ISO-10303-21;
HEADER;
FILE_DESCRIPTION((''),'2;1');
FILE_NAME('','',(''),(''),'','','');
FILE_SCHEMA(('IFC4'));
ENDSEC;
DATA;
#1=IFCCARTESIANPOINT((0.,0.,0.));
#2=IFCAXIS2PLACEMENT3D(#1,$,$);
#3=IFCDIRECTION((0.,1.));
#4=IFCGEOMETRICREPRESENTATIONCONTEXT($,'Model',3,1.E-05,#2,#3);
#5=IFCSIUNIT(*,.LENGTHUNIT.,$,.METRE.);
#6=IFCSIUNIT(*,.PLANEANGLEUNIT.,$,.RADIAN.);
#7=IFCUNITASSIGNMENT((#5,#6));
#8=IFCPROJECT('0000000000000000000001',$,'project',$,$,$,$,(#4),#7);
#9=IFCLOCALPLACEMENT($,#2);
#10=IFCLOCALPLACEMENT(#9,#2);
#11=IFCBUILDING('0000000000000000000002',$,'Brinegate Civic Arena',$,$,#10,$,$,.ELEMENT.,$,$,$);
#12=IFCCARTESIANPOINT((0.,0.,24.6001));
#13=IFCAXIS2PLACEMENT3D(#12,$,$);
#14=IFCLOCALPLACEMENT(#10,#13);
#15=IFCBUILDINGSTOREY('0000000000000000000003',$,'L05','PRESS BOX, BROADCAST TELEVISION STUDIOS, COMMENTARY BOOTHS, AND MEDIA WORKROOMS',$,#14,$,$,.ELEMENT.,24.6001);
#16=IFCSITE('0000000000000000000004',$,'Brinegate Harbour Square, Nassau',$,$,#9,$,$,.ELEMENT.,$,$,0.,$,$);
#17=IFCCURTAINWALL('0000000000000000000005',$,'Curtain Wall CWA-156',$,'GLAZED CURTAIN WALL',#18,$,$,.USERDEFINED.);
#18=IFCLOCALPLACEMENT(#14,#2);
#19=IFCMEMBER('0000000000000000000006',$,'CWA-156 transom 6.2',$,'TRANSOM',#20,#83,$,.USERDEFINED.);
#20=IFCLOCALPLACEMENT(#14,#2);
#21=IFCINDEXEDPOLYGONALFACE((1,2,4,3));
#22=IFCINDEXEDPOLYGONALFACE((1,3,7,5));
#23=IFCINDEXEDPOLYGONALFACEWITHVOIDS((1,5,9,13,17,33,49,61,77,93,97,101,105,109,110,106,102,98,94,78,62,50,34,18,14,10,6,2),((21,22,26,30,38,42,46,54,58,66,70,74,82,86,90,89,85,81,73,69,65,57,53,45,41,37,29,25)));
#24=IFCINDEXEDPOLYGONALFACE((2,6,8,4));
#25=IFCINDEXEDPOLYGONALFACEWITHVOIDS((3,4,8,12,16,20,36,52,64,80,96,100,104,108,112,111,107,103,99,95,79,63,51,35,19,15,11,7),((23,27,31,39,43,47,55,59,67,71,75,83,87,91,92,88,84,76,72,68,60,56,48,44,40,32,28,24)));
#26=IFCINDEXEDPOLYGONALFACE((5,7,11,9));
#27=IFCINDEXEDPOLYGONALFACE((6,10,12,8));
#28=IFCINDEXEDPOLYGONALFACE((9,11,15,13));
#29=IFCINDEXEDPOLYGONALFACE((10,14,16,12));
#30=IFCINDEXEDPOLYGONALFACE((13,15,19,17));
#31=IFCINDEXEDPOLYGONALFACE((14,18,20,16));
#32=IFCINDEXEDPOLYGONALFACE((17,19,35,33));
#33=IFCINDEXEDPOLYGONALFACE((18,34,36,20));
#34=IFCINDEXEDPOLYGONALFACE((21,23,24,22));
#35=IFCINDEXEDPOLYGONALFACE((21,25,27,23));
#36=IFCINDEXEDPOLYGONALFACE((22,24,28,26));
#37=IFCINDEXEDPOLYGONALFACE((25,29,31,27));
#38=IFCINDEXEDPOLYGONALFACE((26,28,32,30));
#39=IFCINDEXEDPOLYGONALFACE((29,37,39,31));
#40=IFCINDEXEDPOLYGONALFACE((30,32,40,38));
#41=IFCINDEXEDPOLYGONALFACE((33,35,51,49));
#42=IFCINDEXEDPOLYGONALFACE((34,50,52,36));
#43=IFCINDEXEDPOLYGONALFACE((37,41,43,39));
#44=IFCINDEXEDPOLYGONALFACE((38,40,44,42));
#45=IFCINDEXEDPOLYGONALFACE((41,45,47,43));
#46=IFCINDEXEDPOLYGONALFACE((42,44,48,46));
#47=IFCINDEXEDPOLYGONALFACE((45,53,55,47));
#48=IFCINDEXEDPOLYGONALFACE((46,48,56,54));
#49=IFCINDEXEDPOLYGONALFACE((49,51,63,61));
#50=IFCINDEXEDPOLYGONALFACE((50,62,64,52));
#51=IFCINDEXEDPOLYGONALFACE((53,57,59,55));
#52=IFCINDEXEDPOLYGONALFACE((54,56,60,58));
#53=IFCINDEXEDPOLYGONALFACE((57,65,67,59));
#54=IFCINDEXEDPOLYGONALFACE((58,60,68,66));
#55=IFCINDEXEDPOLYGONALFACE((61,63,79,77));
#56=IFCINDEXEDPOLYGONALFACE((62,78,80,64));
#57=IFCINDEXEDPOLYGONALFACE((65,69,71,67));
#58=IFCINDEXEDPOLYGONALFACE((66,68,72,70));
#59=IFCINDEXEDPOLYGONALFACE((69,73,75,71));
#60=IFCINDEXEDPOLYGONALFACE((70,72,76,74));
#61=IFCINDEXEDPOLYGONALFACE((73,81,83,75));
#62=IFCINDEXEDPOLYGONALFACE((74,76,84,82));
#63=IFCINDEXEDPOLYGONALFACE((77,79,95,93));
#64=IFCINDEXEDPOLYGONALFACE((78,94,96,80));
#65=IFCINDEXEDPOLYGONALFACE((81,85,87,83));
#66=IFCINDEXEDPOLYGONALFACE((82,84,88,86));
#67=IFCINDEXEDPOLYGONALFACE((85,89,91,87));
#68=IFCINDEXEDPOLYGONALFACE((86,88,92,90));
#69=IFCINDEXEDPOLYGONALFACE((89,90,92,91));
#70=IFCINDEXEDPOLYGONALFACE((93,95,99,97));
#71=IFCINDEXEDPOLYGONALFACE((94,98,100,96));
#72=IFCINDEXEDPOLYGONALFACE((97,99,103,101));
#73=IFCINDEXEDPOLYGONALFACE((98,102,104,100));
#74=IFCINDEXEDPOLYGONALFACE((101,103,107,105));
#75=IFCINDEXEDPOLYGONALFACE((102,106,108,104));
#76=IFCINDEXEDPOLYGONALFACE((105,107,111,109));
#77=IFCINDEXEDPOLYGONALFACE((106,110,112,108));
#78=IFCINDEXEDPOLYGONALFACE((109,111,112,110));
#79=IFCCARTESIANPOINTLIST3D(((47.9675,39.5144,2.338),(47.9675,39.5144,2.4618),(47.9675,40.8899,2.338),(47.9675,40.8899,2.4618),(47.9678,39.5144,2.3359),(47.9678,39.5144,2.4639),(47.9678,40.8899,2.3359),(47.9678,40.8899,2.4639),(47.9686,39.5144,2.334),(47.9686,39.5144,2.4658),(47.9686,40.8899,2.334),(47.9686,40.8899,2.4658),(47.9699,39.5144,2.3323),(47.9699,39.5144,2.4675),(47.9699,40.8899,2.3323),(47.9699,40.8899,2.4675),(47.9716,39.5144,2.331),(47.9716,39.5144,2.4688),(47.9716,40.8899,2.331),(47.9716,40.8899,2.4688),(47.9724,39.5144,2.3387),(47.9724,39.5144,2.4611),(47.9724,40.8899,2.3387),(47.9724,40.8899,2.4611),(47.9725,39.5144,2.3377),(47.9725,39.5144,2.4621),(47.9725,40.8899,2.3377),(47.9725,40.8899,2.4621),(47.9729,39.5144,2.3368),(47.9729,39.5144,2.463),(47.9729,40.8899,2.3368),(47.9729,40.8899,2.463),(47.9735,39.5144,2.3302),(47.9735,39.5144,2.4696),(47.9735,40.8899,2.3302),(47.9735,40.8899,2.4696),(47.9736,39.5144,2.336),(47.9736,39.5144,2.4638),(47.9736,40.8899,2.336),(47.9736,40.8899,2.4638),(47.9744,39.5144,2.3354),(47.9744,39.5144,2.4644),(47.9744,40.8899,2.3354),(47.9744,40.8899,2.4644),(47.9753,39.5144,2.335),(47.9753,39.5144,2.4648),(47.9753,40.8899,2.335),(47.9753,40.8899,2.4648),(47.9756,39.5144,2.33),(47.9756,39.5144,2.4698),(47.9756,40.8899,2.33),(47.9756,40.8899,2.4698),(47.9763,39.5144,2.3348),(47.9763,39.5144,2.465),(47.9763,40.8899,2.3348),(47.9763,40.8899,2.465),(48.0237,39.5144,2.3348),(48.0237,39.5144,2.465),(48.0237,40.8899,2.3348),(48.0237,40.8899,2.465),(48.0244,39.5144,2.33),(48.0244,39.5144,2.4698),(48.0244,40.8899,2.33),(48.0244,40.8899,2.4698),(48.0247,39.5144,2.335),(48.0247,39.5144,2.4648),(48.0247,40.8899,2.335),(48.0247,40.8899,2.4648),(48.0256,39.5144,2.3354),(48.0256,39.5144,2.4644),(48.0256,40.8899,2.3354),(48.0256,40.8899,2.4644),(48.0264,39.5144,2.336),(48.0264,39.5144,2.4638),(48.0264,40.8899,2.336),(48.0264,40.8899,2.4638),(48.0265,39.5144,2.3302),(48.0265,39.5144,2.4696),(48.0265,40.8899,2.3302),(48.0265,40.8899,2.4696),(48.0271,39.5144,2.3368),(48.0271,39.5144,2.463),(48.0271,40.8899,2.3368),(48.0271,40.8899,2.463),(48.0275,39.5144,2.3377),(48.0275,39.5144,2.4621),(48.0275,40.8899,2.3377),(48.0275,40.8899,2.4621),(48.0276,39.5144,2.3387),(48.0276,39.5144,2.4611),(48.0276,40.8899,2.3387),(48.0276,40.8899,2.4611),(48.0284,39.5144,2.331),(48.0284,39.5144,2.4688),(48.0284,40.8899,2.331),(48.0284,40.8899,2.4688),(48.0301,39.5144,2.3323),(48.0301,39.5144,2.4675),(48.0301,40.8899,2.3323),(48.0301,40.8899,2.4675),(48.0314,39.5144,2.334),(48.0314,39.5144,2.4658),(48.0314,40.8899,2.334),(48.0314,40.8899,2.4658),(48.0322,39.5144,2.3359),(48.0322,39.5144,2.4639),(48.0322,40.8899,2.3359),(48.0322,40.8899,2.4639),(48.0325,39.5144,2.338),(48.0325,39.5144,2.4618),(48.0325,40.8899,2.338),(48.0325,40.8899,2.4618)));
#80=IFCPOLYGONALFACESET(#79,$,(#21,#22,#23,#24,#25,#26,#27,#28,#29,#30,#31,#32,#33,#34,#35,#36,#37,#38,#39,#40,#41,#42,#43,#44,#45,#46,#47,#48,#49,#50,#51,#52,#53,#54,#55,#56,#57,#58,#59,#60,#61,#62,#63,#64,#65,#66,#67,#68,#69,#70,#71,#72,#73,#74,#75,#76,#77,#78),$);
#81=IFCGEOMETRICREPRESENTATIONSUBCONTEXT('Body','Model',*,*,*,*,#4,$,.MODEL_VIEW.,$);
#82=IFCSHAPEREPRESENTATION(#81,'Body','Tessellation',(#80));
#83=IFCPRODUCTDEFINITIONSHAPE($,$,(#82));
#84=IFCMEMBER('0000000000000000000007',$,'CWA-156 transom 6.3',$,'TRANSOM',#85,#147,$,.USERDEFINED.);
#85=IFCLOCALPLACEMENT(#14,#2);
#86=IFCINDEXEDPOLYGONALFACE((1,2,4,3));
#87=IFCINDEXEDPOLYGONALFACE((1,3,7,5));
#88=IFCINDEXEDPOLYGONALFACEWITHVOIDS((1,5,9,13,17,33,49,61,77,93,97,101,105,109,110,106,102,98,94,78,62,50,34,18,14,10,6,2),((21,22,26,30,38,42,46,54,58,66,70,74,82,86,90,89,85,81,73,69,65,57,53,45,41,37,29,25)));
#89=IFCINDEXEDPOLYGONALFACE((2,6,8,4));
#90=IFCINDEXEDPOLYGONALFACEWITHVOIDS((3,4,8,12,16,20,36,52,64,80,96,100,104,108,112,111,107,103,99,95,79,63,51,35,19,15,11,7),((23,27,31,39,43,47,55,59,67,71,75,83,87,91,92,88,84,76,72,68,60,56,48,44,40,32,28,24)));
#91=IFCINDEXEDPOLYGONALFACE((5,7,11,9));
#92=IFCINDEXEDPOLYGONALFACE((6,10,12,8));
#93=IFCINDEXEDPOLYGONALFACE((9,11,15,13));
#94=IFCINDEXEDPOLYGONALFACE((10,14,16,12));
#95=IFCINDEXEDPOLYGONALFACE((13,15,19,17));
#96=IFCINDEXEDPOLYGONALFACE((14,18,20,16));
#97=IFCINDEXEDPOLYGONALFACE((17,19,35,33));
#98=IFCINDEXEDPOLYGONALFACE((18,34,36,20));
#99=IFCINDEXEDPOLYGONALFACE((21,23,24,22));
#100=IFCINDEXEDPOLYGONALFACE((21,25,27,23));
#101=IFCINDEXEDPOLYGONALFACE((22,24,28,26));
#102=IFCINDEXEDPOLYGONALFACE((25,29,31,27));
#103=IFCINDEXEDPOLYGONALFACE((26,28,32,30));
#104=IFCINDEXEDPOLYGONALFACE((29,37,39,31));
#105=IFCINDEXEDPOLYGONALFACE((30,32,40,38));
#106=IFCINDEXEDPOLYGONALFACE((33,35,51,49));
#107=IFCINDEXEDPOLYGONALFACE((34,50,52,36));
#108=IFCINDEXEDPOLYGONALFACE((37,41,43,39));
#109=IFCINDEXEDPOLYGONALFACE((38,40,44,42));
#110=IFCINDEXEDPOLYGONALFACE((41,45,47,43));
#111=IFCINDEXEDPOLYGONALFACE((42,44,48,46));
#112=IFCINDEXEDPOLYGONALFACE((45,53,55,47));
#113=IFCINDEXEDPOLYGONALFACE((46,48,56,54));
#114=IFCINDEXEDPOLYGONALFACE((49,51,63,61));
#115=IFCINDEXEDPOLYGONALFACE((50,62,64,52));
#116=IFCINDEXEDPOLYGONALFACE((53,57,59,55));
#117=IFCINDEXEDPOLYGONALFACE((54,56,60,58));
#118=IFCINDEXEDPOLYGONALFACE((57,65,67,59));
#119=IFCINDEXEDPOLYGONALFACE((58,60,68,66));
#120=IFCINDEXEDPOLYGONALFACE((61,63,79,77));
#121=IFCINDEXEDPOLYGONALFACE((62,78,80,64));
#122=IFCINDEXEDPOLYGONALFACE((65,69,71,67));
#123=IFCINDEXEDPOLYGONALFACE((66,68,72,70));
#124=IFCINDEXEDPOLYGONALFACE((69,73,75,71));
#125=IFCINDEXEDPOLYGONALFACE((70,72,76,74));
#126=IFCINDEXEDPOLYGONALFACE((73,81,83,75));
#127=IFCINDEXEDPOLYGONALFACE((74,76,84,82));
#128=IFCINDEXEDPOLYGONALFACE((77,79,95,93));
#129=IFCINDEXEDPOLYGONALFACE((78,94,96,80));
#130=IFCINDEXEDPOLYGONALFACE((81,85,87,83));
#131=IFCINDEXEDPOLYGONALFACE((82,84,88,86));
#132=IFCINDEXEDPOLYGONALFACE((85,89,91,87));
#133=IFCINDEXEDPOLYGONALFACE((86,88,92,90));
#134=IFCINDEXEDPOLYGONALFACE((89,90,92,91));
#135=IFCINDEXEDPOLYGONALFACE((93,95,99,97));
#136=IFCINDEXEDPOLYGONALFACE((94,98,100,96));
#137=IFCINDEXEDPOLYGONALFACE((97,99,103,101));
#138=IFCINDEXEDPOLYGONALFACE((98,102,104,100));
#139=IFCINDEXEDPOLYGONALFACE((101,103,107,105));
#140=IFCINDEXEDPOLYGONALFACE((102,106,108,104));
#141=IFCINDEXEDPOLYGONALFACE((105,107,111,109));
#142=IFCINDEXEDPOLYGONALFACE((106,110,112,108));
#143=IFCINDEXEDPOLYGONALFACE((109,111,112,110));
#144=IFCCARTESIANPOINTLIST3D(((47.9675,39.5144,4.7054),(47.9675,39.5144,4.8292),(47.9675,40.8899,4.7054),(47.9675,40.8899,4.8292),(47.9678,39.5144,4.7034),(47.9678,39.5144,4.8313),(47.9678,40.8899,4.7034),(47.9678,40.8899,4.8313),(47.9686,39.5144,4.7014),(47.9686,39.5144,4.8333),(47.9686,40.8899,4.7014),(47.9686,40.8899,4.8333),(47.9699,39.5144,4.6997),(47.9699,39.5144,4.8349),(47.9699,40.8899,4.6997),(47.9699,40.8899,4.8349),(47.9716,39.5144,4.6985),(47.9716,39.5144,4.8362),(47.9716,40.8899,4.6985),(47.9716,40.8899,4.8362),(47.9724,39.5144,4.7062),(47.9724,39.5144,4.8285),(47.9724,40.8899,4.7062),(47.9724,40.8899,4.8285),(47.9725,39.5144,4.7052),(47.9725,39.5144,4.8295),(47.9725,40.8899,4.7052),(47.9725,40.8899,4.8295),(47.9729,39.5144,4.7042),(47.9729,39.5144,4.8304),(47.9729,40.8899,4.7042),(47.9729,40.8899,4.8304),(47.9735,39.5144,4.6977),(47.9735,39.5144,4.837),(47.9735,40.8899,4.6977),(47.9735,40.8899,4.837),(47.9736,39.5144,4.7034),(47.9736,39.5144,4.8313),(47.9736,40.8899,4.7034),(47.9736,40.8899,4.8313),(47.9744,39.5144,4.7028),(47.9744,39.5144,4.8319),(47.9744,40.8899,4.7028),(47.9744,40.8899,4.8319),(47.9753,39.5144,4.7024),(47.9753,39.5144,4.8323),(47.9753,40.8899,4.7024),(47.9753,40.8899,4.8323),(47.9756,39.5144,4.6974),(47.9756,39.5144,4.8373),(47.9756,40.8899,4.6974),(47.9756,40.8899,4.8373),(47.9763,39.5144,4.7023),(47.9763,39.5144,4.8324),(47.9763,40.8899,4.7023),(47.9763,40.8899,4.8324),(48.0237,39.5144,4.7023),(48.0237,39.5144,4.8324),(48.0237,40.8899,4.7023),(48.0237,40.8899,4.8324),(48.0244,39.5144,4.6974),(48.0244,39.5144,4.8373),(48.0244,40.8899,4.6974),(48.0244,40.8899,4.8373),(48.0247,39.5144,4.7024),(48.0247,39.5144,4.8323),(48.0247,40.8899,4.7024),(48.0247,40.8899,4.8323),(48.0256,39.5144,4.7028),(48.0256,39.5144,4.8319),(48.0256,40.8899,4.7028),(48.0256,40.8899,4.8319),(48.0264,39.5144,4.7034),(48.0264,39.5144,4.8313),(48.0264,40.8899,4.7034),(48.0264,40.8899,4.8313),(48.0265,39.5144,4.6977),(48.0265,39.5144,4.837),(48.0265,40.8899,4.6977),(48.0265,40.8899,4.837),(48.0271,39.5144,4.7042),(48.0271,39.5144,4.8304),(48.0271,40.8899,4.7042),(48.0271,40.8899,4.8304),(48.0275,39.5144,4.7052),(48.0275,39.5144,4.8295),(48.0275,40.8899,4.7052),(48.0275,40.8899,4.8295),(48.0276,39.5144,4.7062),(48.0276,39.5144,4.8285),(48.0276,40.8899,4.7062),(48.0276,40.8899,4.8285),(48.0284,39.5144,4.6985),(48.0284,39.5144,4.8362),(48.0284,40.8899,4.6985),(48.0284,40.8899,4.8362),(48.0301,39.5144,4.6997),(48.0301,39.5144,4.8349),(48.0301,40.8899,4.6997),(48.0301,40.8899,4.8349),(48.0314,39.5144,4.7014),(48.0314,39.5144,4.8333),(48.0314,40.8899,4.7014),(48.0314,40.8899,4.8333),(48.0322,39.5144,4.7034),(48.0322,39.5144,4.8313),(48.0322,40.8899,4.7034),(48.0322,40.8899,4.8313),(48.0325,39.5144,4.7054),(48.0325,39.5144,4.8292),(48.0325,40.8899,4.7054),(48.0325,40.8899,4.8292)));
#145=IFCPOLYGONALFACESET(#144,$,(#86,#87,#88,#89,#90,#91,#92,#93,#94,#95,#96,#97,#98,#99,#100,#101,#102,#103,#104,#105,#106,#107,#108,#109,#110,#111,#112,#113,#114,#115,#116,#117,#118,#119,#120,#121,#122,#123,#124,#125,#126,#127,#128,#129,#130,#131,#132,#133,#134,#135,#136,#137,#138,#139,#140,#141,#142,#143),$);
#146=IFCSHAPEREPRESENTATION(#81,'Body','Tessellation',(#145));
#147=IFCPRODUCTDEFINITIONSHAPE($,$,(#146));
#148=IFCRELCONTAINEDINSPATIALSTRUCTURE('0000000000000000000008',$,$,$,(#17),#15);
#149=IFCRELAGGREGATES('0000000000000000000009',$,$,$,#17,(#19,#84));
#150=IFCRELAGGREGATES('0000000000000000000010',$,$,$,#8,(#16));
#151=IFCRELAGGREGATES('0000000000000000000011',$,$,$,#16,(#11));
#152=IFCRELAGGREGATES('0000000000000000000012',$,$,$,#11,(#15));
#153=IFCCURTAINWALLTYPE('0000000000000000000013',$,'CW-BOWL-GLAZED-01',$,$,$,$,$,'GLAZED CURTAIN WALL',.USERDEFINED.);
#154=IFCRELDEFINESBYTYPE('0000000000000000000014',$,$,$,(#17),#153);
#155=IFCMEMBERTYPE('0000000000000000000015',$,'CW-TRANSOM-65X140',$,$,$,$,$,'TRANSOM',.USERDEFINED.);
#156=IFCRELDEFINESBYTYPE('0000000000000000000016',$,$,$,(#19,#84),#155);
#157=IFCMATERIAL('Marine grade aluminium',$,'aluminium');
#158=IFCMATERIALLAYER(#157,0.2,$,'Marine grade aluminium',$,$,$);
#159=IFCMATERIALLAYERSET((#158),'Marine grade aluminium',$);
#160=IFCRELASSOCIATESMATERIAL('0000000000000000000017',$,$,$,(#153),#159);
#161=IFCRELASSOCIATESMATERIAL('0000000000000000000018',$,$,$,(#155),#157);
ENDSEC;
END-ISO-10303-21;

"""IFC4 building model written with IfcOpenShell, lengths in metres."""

from ifc_helpers import new_model, si_unit, direction, frame, origin, origin_2d, place, context, subcontext, project, spatial, hollow_rectangle, extrude, material, layer, layer_set, material_profile, profile_set, type_object, element, aggregate, save


model = new_model("IFC4")

# Units and contexts
model_context = context("Model", 3, precision=1e-05, world=origin(), true_north=direction((0.0, 1.0)))
body_context = subcontext(model_context, "Body", "Model", "MODEL_VIEW")
ifc_project = project(units=[si_unit("LENGTHUNIT", "METRE"), si_unit("PLANEANGLEUNIT", "RADIAN")], contexts=[model_context])

# Site, building, storey
site_placement = place(None, origin())
site = spatial("IfcSite", under=ifc_project, at=site_placement, Name="Brinegate Harbour Square, Nassau", CompositionType="ELEMENT", RefElevation=0.0)
building_placement = place(site_placement, origin())
building = spatial("IfcBuilding", under=site, at=building_placement, Name="Brinegate Civic Arena", CompositionType="ELEMENT")
storey_placement = place(building_placement, frame((0.0, 0.0, 24.6001)))
storey = spatial("IfcBuildingStorey", under=building, at=storey_placement, Name="L05", Description="PRESS BOX, BROADCAST TELEVISION STUDIOS, COMMENTARY BOOTHS, AND MEDIA WORKROOMS", CompositionType="ELEMENT", Elevation=24.6001)

# Curtain wall
ifc_material_1 = material(Name="Marine grade aluminium", Category="aluminium")
ifc_layer_1 = layer(ifc_material_1, 0.2, Name="Marine grade aluminium")
ifc_layer_set_1 = layer_set([ifc_layer_1], Name="Marine grade aluminium")
curtain_wall_type = type_object("IfcCurtainWallType", Name="CW-BOWL-GLAZED-01", ElementType="GLAZED CURTAIN WALL", PredefinedType="USERDEFINED", material=ifc_layer_set_1)
curtain_wall_1_placement = place(storey_placement, origin())
curtain_wall_1 = element("IfcCurtainWall", 1, at=curtain_wall_1_placement, inside=storey, type_object=curtain_wall_type, Name="Curtain Wall CWA-156", ObjectType="GLAZED CURTAIN WALL", PredefinedType="USERDEFINED")

# Members
ifc_material_profile_1 = material_profile(ifc_material_1, hollow_rectangle(XDim=0.0649, YDim=0.1399, WallThickness=0.0049, InnerFilletRadius=0.0039, OuterFilletRadius=0.0081, at=origin_2d()), Name="TRN65X140")
ifc_profile_set_1 = profile_set([ifc_material_profile_1], Name="Marine grade aluminium")
member_type_1 = type_object("IfcMemberType", Name="CW-TRANSOM-65X140", ElementType="TRANSOM", PredefinedType="USERDEFINED", material=ifc_profile_set_1)
member_1_placement = place(storey_placement, frame((48.0, 39.5144, 2.3999), z_axis=(0.0, 1.0, 0.0), x_axis=(-1.0, 0.0, 0.0)))
member_1 = element("IfcMember", 2, at=member_1_placement, type_object=member_type_1, Name="CWA-156 transom 6.2", ObjectType="TRANSOM", PredefinedType="USERDEFINED", context=body_context, shape_type="SweptSolid", body=[
    extrude(hollow_rectangle(XDim=0.0649, YDim=0.1399, WallThickness=0.0049, InnerFilletRadius=0.0039, OuterFilletRadius=0.0081, at=origin_2d()), origin(), (0.0, 0.0, 1.0), 1.3755),
])
member_2_placement = place(storey_placement, frame((48.0, 39.5144, 4.7673), z_axis=(0.0, 1.0, 0.0), x_axis=(-1.0, 0.0, 0.0)))
member_2 = element("IfcMember", 3, at=member_2_placement, type_object=member_type_1, Name="CWA-156 transom 6.3", ObjectType="TRANSOM", PredefinedType="USERDEFINED", context=body_context, shape_type="SweptSolid", body=[
    extrude(hollow_rectangle(XDim=0.0649, YDim=0.1399, WallThickness=0.0049, InnerFilletRadius=0.0039, OuterFilletRadius=0.0081, at=origin_2d()), origin(), (0.0, 0.0, 1.0), 1.3755),
])

aggregate(curtain_wall_1, [member_1, member_2])

save(model, "model.ifc")
